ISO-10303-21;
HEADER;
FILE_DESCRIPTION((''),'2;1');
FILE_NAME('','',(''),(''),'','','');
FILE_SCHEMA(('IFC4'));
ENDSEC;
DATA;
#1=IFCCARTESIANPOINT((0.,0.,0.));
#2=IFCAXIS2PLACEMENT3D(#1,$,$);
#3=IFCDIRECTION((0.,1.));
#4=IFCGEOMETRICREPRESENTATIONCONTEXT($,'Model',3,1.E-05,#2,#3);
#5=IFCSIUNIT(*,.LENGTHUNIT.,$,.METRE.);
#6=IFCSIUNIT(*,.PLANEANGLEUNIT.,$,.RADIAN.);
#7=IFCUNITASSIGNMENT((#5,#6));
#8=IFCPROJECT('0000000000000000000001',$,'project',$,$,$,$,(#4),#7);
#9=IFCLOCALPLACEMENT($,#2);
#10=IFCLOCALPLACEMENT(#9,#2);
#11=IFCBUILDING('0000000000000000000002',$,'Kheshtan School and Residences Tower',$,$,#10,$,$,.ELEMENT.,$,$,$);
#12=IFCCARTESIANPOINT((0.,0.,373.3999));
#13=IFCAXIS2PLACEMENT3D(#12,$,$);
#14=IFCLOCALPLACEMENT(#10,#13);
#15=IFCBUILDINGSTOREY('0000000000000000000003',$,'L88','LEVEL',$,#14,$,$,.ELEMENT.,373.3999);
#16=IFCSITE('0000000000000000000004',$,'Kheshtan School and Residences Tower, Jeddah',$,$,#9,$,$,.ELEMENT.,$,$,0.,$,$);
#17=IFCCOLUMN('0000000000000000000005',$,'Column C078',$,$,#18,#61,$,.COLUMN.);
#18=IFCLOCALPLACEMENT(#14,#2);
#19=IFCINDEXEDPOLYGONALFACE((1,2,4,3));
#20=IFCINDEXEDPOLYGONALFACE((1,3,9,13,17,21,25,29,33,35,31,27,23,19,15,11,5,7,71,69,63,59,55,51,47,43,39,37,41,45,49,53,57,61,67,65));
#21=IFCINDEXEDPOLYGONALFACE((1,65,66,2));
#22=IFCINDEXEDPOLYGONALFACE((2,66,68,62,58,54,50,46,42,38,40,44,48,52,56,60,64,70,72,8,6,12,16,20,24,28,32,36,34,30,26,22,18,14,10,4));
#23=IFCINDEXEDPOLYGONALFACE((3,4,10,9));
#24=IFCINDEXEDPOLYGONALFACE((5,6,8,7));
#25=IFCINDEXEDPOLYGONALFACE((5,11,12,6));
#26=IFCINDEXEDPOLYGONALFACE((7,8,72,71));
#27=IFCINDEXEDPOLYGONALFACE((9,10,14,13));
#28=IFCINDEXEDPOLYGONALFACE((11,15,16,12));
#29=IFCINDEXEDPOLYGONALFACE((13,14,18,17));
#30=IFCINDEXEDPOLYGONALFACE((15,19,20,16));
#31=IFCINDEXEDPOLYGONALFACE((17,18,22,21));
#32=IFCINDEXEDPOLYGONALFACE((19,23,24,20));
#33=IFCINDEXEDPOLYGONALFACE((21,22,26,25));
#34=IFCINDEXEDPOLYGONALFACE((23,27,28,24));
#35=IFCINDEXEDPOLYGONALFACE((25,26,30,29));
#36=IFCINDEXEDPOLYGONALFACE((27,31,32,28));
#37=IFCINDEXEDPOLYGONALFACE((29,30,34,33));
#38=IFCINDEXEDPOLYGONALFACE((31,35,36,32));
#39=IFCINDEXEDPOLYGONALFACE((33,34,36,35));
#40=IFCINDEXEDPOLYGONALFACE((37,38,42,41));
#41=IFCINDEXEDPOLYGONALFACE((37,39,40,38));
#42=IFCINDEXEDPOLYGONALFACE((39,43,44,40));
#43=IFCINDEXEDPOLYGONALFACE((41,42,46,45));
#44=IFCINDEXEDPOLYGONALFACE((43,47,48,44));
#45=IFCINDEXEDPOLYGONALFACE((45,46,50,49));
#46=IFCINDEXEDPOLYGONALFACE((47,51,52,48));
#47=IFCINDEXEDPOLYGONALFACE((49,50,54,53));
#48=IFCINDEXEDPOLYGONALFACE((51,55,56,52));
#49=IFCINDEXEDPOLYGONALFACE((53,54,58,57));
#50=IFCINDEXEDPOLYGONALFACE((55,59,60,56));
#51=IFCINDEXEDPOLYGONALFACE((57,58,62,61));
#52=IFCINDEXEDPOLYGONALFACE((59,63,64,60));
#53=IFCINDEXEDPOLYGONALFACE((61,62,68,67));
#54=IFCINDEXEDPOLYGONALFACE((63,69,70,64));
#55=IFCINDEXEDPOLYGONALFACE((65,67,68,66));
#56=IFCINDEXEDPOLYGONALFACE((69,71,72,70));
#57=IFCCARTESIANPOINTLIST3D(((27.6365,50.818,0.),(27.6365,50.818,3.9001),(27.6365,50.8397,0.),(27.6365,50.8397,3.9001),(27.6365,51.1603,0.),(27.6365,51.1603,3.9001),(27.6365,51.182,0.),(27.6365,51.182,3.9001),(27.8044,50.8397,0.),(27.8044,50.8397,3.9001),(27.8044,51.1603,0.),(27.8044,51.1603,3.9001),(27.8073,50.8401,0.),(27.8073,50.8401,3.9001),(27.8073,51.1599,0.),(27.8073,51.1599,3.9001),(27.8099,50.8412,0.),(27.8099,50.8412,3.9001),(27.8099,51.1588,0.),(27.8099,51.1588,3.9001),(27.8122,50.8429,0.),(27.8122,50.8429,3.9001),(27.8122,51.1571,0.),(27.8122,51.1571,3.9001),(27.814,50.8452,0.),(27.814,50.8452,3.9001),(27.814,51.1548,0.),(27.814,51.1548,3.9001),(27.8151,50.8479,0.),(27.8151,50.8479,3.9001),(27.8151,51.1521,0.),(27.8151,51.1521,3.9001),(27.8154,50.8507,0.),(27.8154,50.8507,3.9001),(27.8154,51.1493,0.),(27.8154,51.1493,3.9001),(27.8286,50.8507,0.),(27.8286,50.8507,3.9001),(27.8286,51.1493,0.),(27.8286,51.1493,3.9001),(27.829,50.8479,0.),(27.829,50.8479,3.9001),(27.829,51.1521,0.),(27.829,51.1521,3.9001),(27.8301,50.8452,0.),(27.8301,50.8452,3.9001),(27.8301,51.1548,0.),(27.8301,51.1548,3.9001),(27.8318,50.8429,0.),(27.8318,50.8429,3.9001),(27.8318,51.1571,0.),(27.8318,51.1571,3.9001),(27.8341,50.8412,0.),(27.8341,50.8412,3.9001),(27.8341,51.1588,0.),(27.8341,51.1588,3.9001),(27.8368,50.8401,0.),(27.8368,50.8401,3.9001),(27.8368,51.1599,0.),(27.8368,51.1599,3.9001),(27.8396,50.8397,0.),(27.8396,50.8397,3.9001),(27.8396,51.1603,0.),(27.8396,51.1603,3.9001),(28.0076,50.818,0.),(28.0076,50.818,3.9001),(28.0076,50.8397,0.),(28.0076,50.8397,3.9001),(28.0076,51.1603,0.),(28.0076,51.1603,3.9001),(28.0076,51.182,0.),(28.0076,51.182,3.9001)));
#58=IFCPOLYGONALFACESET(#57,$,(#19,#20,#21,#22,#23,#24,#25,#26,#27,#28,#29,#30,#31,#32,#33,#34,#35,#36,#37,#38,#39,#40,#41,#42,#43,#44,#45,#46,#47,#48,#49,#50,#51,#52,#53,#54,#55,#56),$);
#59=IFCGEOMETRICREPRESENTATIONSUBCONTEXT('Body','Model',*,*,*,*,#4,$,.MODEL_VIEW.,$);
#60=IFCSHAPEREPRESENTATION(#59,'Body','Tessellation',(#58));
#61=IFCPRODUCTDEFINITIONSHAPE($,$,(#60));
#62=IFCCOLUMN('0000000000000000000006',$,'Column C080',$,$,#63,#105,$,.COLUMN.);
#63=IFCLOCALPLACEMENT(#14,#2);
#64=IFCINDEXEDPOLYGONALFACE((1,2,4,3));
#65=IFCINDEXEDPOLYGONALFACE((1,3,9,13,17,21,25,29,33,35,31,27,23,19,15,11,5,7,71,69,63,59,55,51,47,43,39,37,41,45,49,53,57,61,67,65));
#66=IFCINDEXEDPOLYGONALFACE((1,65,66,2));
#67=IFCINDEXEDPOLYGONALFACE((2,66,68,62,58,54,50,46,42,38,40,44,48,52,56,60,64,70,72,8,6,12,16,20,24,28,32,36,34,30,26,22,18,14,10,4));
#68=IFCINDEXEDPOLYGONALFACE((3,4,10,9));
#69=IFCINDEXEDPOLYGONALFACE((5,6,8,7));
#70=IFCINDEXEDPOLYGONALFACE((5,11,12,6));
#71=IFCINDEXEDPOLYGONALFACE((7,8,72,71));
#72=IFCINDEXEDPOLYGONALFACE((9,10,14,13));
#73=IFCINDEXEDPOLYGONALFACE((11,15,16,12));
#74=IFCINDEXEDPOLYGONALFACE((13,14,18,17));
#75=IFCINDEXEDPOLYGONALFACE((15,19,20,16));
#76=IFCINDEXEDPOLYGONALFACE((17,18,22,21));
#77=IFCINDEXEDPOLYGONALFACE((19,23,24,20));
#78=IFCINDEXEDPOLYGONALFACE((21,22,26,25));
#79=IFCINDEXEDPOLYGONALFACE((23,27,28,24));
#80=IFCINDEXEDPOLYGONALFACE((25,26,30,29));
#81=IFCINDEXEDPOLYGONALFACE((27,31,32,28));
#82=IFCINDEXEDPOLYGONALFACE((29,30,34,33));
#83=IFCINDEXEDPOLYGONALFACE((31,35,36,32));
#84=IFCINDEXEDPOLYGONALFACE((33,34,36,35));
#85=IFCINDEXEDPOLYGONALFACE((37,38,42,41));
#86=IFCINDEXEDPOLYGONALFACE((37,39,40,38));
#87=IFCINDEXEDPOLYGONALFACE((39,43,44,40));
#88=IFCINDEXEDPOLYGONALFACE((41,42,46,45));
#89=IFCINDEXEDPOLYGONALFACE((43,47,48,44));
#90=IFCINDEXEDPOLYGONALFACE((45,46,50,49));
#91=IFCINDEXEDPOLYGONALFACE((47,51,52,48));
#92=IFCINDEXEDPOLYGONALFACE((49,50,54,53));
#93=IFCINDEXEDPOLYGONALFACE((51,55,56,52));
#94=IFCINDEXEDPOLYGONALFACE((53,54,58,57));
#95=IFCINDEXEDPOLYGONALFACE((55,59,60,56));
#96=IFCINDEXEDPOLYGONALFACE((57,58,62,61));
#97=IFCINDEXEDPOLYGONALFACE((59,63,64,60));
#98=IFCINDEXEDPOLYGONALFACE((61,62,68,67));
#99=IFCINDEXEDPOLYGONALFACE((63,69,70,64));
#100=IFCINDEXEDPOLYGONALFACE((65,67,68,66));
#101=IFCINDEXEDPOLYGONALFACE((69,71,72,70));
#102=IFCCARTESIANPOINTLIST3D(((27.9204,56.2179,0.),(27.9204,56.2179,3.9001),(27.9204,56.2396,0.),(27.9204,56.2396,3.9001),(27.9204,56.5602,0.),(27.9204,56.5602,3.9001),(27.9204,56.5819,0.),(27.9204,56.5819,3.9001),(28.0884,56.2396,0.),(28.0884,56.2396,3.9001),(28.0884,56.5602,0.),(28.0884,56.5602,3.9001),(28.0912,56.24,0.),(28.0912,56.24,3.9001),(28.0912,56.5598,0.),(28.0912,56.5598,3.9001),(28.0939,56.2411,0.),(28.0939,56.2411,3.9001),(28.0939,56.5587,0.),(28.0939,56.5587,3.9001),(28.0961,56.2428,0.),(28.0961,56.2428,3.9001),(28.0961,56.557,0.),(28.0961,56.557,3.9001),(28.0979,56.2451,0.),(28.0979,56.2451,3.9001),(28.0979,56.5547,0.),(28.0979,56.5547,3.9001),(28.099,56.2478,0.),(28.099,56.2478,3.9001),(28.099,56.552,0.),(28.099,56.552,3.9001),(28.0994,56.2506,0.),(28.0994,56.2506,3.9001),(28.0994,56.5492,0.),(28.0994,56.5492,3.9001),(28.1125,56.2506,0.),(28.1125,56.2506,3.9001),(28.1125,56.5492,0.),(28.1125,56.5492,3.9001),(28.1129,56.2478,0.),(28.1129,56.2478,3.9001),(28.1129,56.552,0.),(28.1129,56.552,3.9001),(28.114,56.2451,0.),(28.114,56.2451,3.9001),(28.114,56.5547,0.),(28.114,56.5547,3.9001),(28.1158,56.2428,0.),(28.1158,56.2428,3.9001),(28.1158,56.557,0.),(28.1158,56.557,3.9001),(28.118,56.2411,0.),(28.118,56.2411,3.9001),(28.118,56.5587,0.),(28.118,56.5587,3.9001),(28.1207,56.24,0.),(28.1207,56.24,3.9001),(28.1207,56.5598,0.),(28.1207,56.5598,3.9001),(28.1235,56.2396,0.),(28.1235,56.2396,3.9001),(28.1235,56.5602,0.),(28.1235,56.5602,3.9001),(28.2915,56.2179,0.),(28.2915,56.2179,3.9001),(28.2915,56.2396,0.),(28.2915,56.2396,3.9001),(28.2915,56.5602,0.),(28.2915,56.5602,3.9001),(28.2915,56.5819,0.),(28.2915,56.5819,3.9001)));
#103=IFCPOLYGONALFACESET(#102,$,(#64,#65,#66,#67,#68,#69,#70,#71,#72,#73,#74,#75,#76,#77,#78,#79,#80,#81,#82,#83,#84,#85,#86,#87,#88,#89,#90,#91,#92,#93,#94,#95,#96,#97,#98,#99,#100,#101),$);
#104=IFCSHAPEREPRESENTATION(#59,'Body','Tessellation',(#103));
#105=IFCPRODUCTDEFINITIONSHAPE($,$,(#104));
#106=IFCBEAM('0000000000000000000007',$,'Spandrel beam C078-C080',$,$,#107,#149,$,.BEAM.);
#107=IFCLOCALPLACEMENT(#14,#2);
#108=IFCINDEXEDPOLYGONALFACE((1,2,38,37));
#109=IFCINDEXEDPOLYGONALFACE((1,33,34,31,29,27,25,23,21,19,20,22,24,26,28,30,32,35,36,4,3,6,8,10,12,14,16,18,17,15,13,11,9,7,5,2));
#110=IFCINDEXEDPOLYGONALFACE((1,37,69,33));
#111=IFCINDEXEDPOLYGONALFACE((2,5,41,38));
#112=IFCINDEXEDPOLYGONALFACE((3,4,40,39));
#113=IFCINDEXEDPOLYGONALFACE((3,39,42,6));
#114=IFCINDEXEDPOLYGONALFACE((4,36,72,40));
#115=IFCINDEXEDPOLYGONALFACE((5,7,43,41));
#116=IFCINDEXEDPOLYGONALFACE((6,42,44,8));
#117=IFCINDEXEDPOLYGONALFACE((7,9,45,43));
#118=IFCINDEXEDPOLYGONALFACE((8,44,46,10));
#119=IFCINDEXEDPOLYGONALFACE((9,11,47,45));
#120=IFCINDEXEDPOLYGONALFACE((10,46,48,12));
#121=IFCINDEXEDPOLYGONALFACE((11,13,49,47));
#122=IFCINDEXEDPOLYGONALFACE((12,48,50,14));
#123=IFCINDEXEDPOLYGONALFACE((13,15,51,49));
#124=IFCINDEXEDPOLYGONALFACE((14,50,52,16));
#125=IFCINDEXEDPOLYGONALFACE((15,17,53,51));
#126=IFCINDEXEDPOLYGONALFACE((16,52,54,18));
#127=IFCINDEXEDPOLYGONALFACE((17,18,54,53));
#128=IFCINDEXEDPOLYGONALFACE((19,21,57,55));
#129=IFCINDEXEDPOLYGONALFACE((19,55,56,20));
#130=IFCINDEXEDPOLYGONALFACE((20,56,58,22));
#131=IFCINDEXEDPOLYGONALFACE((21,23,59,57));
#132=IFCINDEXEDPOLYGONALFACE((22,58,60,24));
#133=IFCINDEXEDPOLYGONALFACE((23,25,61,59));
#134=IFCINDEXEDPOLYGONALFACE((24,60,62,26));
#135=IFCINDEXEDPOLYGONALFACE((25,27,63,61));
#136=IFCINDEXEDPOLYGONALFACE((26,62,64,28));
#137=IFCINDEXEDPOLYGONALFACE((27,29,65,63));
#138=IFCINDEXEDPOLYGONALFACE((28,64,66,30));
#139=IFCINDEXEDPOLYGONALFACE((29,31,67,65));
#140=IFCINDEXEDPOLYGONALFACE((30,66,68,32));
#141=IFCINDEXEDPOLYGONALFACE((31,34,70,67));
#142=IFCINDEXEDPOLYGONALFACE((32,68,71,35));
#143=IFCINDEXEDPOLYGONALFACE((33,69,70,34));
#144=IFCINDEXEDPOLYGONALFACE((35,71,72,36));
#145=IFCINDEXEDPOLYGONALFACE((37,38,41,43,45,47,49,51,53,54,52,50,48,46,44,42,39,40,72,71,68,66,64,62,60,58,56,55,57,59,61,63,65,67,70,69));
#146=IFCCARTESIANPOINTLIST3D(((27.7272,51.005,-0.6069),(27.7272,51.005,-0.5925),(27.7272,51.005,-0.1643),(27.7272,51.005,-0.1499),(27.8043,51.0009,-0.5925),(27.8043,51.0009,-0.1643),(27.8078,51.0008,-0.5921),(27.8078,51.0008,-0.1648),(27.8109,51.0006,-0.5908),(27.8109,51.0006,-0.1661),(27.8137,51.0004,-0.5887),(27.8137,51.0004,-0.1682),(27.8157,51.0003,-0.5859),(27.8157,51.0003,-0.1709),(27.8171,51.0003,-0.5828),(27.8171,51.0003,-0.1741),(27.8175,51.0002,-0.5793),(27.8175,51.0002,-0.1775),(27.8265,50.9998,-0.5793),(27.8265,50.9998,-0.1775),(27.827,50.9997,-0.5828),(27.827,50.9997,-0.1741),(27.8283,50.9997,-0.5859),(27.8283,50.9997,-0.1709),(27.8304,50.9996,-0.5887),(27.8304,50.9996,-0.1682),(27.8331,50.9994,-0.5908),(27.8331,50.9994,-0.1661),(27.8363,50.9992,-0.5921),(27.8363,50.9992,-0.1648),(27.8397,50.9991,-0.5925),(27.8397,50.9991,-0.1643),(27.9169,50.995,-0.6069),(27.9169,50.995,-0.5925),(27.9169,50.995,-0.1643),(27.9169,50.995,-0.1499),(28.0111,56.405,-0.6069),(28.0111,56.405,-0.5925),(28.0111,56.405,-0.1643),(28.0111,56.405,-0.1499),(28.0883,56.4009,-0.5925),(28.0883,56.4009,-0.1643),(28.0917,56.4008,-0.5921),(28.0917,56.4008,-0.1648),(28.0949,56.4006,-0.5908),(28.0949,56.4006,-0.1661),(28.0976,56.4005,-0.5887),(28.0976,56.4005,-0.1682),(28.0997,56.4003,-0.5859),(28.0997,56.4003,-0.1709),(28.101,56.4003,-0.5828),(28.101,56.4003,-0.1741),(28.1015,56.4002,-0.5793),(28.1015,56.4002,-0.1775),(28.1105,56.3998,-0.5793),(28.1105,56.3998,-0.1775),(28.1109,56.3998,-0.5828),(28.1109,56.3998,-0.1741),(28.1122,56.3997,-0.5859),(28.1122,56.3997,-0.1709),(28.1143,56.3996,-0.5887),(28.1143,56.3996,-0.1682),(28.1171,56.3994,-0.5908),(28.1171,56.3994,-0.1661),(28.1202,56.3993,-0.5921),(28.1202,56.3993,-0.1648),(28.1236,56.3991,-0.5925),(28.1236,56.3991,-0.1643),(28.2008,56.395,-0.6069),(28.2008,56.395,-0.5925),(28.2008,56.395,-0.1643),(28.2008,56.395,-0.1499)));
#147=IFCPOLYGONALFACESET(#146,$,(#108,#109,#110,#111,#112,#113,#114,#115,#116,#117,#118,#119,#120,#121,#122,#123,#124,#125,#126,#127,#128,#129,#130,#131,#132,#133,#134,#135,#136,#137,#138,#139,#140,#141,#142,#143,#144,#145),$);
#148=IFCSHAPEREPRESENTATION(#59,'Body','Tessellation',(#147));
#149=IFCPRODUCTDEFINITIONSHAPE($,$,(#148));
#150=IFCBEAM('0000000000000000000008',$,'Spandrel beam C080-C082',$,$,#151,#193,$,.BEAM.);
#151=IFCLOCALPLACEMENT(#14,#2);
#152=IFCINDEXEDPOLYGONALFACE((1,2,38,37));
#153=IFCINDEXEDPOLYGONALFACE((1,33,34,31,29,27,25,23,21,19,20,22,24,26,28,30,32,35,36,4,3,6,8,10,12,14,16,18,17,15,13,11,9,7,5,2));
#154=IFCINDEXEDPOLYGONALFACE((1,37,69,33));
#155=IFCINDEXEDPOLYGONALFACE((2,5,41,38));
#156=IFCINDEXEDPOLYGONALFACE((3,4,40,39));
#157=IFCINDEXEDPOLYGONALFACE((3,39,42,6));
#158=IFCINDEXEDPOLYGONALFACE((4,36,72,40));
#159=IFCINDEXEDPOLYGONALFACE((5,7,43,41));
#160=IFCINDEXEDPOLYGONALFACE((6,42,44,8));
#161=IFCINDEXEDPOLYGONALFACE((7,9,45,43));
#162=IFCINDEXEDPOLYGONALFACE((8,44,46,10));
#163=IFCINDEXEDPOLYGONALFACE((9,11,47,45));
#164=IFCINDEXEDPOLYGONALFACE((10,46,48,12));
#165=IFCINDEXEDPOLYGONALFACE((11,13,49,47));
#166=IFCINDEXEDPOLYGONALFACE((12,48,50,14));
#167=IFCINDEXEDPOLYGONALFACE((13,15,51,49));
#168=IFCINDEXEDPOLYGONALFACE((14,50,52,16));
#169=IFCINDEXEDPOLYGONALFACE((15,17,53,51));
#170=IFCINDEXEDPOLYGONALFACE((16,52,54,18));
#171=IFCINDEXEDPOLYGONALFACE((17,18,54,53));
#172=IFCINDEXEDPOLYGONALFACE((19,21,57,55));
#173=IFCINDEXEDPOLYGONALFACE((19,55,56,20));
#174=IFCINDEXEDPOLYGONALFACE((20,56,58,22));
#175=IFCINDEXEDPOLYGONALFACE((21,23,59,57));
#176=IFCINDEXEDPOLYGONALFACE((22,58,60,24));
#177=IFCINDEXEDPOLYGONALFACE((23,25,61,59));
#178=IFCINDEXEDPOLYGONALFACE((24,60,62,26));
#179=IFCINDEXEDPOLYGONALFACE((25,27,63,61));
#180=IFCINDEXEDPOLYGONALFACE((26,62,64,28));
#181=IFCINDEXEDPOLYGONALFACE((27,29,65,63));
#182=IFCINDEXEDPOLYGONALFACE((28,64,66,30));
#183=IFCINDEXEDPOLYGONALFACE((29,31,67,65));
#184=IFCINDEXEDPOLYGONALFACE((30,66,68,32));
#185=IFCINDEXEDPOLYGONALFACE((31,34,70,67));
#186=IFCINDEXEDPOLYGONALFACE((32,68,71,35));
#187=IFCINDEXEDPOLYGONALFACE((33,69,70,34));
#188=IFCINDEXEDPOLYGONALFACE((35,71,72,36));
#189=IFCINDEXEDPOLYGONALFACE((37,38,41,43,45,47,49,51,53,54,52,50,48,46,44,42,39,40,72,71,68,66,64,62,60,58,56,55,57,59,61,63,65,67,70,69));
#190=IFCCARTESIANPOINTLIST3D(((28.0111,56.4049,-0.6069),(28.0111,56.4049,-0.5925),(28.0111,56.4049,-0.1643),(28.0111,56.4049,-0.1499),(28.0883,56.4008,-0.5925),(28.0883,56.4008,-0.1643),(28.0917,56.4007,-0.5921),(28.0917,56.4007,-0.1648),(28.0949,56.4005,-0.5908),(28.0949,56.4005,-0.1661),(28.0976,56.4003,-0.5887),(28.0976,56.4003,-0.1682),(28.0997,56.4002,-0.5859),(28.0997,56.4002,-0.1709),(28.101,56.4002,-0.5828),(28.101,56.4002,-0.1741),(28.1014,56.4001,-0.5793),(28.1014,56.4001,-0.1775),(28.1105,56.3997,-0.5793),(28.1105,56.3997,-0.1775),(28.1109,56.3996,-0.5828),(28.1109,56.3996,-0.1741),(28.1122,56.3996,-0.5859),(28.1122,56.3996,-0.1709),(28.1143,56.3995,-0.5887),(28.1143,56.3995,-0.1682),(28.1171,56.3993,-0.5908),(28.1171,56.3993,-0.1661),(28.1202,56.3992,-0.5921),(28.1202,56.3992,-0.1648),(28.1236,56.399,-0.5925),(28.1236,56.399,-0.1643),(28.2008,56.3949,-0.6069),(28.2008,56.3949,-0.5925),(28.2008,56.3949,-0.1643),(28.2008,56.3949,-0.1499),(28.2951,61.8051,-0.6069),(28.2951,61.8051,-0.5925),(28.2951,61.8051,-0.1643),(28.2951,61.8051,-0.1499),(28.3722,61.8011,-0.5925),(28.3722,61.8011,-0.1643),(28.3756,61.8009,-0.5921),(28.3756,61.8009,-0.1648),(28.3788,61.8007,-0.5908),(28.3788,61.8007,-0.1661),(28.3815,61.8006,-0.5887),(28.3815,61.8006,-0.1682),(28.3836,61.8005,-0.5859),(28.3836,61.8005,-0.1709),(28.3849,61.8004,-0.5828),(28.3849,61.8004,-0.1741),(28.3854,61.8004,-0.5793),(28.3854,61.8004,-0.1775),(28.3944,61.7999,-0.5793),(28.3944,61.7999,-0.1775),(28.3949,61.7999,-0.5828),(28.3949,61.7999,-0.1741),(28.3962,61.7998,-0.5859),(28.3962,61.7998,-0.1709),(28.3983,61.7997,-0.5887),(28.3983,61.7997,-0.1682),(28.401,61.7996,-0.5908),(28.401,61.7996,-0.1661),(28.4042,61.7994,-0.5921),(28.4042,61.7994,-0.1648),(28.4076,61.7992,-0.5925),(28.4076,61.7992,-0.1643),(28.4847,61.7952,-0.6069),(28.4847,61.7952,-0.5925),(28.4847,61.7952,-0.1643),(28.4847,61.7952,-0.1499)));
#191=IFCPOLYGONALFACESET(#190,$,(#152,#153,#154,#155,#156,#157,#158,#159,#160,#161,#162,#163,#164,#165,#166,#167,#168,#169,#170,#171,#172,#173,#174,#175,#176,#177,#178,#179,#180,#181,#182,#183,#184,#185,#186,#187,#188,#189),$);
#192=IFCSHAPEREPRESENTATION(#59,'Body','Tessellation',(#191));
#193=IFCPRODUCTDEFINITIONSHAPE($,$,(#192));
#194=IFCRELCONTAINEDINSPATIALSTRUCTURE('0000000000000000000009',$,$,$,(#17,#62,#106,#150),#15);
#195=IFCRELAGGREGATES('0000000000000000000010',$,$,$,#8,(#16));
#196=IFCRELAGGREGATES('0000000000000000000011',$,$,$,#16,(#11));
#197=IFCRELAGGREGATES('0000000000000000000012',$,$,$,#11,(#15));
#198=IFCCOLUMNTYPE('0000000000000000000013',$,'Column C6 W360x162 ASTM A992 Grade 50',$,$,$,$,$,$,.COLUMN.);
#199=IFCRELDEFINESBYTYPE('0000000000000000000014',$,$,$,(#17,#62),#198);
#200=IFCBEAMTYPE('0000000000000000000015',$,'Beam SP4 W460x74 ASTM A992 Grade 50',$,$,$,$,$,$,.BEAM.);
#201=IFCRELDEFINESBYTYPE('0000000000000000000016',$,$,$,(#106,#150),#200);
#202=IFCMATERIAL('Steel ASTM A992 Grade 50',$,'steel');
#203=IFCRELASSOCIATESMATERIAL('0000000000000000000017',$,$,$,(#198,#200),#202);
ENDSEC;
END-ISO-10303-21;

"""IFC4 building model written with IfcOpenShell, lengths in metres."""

from ifc_helpers import new_model, si_unit, direction, frame, origin, origin_2d, place, context, subcontext, project, spatial, i_section, extrude, material, material_profile, profile_set, type_object, element, save


model = new_model("IFC4")

# Units and contexts
model_context = context("Model", 3, precision=1e-05, world=origin(), true_north=direction((0.0, 1.0)))
body_context = subcontext(model_context, "Body", "Model", "MODEL_VIEW")
ifc_project = project(units=[si_unit("LENGTHUNIT", "METRE"), si_unit("PLANEANGLEUNIT", "RADIAN")], contexts=[model_context])

# Site, building, storey
site_placement = place(None, origin())
site = spatial("IfcSite", under=ifc_project, at=site_placement, Name="Kheshtan School and Residences Tower, Jeddah", CompositionType="ELEMENT", RefElevation=0.0)
building_placement = place(site_placement, origin())
building = spatial("IfcBuilding", under=site, at=building_placement, Name="Kheshtan School and Residences Tower", CompositionType="ELEMENT")
storey_placement = place(building_placement, frame((0.0, 0.0, 373.3999)))
storey = spatial("IfcBuildingStorey", under=building, at=storey_placement, Name="L88", Description="LEVEL", CompositionType="ELEMENT", Elevation=373.3999)

# Columns
ifc_material_1 = material(Name="Steel ASTM A992 Grade 50", Category="steel")
ifc_material_profile_1 = material_profile(ifc_material_1, i_section(OverallWidth=0.3711, OverallDepth=0.364, WebThickness=0.0132, FlangeThickness=0.0217, FilletRadius=0.011, at=origin_2d()), Name="W360x162")
ifc_profile_set_1 = profile_set([ifc_material_profile_1], Name="Steel ASTM A992 Grade 50")
column_type = type_object("IfcColumnType", Name="Column C6 W360x162 ASTM A992 Grade 50", PredefinedType="COLUMN", material=ifc_profile_set_1)
for number, where, z_axis, x_axis, name in (
    (1, (27.822, 51.0, 0.0), (0.0, 0.0, 1.0), (1.0, 0.0, 0.0), "Column C078"),
    (2, (28.106, 56.3999, 0.0), (0.0, 0.0, 1.0), (1.0, 0.0, 0.0), "Column C080"),
):
    element("IfcColumn", number, at=place(storey_placement, frame(where, z_axis=z_axis, x_axis=x_axis)), inside=storey, type_object=column_type, Name=name, PredefinedType="COLUMN", context=body_context, shape_type="SweptSolid", body=[
        extrude(i_section(OverallWidth=0.3711, OverallDepth=0.364, WebThickness=0.0132, FlangeThickness=0.0217, FilletRadius=0.011, at=origin_2d()), origin(), (0.0, 0.0, 1.0), 3.9001),
    ])

# Beams
ifc_material_profile_2 = material_profile(ifc_material_1, i_section(OverallWidth=0.1899, OverallDepth=0.457, WebThickness=0.009, FlangeThickness=0.0144, FilletRadius=0.0132, at=origin_2d()), Name="W460x74")
ifc_profile_set_2 = profile_set([ifc_material_profile_2], Name="Steel ASTM A992 Grade 50")
beam_type = type_object("IfcBeamType", Name="Beam SP4 W460x74 ASTM A992 Grade 50", PredefinedType="BEAM", material=ifc_profile_set_2)
beam_1_placement = place(storey_placement, frame((27.822, 51.0, -0.3784), z_axis=(0.052509, 0.99862, 0.0), x_axis=(-0.99862, 0.052509, 0.0)))
element("IfcBeam", 3, at=beam_1_placement, inside=storey, type_object=beam_type, Name="Spandrel beam C078-C080", PredefinedType="BEAM", context=body_context, shape_type="SweptSolid", body=[
    extrude(i_section(OverallWidth=0.1899, OverallDepth=0.457, WebThickness=0.009, FlangeThickness=0.0144, FilletRadius=0.0132, at=origin_2d()), origin(), (0.0, 0.0, 1.0), 5.4075),
])
beam_2_placement = place(storey_placement, frame((28.106, 56.3999, -0.3784), z_axis=(0.052507, 0.998621, 0.0), x_axis=(-0.998621, 0.052507, 0.0)))
element("IfcBeam", 4, at=beam_2_placement, inside=storey, type_object=beam_type, Name="Spandrel beam C080-C082", PredefinedType="BEAM", context=body_context, shape_type="SweptSolid", body=[
    extrude(i_section(OverallWidth=0.1899, OverallDepth=0.457, WebThickness=0.009, FlangeThickness=0.0144, FilletRadius=0.0132, at=origin_2d()), origin(), (0.0, 0.0, 1.0), 5.4077),
])

save(model, "model.ifc")
